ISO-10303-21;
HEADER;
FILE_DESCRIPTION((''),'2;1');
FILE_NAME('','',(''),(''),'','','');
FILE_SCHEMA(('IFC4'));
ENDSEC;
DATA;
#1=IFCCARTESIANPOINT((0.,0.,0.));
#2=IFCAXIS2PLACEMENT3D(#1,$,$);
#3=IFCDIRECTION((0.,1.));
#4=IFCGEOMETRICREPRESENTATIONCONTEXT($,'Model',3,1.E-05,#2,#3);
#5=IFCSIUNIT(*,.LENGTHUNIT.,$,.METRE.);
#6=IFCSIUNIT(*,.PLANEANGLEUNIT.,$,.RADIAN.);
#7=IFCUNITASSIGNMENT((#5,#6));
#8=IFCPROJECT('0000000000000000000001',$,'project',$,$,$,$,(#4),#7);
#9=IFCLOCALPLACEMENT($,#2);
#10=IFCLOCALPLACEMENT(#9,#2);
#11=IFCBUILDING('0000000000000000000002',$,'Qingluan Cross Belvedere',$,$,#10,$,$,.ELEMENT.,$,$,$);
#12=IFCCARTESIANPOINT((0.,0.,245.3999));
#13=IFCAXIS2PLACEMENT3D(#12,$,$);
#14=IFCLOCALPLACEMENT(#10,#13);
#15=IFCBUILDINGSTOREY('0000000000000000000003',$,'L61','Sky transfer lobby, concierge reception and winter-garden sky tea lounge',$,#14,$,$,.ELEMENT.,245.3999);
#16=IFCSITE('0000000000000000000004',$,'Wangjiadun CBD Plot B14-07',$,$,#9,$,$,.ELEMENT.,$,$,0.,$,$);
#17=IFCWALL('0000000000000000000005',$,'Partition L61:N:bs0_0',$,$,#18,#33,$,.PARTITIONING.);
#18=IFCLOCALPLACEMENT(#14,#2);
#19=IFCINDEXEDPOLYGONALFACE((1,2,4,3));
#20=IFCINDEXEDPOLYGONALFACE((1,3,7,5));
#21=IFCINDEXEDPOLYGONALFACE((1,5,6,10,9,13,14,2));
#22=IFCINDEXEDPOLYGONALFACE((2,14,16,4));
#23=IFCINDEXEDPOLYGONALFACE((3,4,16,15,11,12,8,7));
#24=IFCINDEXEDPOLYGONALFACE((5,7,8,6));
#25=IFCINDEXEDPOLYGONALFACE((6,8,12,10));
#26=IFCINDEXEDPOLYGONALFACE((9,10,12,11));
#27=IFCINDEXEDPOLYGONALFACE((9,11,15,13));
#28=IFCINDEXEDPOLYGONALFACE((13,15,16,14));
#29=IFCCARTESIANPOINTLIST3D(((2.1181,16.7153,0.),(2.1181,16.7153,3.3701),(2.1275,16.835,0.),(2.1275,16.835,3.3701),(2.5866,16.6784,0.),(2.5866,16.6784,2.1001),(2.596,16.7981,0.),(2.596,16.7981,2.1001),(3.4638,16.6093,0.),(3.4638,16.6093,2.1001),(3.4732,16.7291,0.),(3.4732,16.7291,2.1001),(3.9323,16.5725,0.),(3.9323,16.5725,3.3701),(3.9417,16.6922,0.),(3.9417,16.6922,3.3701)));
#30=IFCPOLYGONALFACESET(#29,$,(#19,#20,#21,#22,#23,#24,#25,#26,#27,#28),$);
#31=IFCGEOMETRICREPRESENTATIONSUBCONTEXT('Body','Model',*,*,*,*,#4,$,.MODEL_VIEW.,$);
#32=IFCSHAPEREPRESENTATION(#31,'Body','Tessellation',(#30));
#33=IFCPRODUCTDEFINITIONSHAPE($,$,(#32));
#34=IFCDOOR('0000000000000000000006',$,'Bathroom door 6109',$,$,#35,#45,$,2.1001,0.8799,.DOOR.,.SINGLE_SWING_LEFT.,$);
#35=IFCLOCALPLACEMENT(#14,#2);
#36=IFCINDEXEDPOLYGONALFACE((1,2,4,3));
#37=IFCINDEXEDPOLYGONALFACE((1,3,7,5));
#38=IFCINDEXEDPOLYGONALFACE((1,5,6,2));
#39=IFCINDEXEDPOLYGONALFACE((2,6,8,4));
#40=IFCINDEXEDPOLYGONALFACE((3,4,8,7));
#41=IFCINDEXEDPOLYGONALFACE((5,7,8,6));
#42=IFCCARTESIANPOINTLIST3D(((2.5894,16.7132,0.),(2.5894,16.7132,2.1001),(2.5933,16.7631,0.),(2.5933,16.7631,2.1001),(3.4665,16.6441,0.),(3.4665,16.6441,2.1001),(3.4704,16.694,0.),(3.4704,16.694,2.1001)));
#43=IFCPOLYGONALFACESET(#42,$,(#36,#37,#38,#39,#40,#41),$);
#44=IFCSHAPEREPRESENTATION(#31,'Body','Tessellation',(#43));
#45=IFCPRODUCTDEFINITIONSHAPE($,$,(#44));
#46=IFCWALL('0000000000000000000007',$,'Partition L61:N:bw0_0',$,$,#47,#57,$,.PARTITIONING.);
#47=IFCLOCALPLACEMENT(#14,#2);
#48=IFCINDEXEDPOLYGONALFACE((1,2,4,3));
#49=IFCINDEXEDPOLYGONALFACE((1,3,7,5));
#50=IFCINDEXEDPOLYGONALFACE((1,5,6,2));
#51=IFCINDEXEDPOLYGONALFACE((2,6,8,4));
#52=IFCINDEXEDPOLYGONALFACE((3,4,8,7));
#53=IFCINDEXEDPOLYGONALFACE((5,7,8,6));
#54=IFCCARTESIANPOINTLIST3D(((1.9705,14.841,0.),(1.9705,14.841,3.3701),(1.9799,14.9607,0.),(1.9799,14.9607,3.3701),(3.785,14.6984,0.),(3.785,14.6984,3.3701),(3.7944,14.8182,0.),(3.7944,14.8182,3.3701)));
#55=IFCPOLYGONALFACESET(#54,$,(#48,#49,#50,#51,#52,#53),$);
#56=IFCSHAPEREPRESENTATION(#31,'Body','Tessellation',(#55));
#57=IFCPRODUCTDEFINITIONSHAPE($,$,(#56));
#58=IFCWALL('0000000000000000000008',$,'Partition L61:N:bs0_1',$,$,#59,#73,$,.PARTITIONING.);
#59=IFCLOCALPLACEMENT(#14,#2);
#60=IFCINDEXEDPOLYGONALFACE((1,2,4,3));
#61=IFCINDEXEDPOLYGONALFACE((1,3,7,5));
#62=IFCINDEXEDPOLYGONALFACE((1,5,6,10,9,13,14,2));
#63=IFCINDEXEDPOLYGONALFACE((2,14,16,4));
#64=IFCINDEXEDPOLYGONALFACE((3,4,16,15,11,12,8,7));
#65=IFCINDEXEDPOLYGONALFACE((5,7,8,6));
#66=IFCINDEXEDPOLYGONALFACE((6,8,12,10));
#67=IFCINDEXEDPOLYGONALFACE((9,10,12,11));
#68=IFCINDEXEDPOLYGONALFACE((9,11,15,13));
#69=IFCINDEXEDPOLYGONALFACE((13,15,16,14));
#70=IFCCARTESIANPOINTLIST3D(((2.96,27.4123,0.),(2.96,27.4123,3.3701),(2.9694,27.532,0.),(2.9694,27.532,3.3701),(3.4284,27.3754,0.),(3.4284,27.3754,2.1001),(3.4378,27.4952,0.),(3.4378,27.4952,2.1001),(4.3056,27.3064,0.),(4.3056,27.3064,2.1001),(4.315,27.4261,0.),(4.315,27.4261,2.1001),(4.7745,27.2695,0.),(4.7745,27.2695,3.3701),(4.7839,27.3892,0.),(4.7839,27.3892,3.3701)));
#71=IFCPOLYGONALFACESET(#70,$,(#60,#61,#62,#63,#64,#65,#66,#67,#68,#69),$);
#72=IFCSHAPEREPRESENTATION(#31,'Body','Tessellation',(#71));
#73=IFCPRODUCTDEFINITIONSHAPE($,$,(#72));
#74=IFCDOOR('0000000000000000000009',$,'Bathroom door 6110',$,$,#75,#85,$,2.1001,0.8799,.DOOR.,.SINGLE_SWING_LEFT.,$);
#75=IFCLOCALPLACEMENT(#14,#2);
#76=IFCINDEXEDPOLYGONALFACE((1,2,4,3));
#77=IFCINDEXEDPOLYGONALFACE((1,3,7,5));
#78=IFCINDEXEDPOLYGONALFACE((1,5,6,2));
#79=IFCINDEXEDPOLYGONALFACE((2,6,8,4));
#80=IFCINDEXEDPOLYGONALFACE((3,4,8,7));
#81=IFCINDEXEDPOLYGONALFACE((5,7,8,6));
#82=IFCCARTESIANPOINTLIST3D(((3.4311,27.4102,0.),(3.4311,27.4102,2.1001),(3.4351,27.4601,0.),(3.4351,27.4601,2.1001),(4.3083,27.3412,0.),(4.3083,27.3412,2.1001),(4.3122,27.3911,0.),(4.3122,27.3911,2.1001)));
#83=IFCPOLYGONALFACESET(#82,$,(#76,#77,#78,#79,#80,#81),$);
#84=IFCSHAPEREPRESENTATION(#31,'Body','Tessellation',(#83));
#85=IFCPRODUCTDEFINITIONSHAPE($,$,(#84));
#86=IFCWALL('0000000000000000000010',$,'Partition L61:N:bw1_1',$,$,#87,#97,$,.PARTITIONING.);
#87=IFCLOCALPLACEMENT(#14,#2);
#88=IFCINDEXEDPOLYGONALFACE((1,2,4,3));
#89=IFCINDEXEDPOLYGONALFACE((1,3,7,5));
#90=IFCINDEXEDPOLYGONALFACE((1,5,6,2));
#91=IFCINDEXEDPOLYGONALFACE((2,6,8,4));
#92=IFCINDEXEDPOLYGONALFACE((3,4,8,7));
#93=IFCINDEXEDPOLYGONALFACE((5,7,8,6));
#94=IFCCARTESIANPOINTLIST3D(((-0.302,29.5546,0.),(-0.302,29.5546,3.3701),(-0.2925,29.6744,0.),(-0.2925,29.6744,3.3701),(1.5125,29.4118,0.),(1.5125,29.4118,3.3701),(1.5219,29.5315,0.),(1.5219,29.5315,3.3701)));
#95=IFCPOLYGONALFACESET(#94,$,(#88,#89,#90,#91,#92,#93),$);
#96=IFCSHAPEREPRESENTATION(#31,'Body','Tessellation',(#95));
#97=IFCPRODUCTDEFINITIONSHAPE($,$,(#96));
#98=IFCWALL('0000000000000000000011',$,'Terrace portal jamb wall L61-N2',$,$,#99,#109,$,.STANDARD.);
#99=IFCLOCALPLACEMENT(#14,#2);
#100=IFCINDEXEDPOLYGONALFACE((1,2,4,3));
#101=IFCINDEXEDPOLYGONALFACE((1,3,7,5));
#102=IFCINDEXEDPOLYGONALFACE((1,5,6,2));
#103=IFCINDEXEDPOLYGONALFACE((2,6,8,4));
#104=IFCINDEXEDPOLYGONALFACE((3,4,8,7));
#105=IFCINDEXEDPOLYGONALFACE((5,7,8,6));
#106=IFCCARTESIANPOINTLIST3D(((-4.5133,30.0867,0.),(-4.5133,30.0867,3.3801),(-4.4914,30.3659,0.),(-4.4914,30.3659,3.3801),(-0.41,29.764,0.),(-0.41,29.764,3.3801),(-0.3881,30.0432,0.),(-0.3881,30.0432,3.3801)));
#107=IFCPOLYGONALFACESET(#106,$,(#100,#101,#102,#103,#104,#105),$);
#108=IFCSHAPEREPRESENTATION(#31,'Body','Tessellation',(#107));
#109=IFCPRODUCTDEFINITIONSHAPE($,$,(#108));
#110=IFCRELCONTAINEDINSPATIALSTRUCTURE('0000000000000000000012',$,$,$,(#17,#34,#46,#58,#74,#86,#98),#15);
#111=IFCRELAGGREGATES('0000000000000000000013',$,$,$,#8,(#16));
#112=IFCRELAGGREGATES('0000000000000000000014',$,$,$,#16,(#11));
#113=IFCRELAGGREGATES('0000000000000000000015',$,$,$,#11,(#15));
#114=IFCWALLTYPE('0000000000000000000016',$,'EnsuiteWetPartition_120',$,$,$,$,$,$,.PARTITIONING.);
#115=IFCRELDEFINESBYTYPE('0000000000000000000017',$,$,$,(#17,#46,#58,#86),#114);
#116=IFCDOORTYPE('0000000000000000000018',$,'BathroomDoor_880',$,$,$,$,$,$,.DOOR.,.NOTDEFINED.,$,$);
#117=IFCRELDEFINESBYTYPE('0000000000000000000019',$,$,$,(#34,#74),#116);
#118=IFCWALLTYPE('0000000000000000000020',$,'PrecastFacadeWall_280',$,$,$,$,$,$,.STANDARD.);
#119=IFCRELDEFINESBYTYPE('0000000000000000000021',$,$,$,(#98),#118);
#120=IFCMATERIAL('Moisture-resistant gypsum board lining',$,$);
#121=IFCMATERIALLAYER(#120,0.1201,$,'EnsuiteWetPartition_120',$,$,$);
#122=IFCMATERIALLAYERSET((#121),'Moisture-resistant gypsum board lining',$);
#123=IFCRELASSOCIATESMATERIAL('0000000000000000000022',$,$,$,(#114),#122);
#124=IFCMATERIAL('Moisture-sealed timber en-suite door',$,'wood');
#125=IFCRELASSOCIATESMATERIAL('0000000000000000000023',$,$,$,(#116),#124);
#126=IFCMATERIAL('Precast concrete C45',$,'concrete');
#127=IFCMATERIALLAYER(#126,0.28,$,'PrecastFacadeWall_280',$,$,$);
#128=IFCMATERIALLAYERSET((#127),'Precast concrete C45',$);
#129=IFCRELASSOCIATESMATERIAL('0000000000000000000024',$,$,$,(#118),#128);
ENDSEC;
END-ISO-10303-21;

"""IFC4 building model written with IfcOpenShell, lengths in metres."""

from ifc_helpers import new_model, si_unit, direction, frame, frame_2d, origin, place, context, subcontext, project, spatial, rectangle, extrude, material, layer, layer_set, type_object, element, fill, save


model = new_model("IFC4")

# Units and contexts
model_context = context("Model", 3, precision=1e-05, world=origin(), true_north=direction((0.0, 1.0)))
body_context = subcontext(model_context, "Body", "Model", "MODEL_VIEW")
ifc_project = project(units=[si_unit("LENGTHUNIT", "METRE"), si_unit("PLANEANGLEUNIT", "RADIAN")], contexts=[model_context])

# Site, building, storey
site_placement = place(None, origin())
site = spatial("IfcSite", under=ifc_project, at=site_placement, Name="Wangjiadun CBD Plot B14-07", CompositionType="ELEMENT", RefElevation=0.0)
building_placement = place(site_placement, origin())
building = spatial("IfcBuilding", under=site, at=building_placement, Name="Qingluan Cross Belvedere", CompositionType="ELEMENT")
storey_placement = place(building_placement, frame((0.0, 0.0, 245.3999)))
storey = spatial("IfcBuildingStorey", under=building, at=storey_placement, Name="L61", Description="Sky transfer lobby, concierge reception and winter-garden sky tea lounge", CompositionType="ELEMENT", Elevation=245.3999)

# Wall, opening, door
ifc_material_1 = material(Name="Moisture-resistant gypsum board lining")
ifc_layer_1 = layer(ifc_material_1, 0.1201, Name="EnsuiteWetPartition_120")
ifc_layer_set_1 = layer_set([ifc_layer_1], Name="Moisture-resistant gypsum board lining")
wall_type_1 = type_object("IfcWallType", Name="EnsuiteWetPartition_120", PredefinedType="PARTITIONING", material=ifc_layer_set_1)
wall_1_placement = place(storey_placement, frame((2.1228, 16.7751, 0.0), z_axis=(0.0, 0.0, 1.0), x_axis=(0.996916, -0.078481, 0.0)))
wall_1 = element("IfcWall", 1, at=wall_1_placement, inside=storey, type_object=wall_type_1, Name="Partition L61:N:bs0_0", PredefinedType="PARTITIONING", context=body_context, shape_type="SweptSolid", body=[
    extrude(rectangle(XDim=1.8198, YDim=0.1201, at=frame_2d((0.9099, 0.0))), origin(), (0.0, 0.0, 1.0), 3.3701),
])
opening_1_placement = place(wall_1_placement, frame((0.47, 0.0, 0.0)))
opening_1 = element("IfcOpeningElement", 2, at=opening_1_placement, cuts=wall_1, PredefinedType="OPENING", context=body_context, shape_type="SweptSolid", body=[
    extrude(rectangle(XDim=0.8799, YDim=2.1001, at=frame_2d((0.4399, 1.05))), frame((0.0, 0.0701, 0.0), z_axis=(0.0, -1.0, 0.0), x_axis=(1.0, 0.0, 0.0)), (0.0, 0.0, 1.0), 0.1401),
])
ifc_material_2 = material(Name="Moisture-sealed timber en-suite door", Category="wood")
door_type_1 = type_object("IfcDoorType", Name="BathroomDoor_880", OperationType="NOTDEFINED", PredefinedType="DOOR", material=ifc_material_2)
door_1_placement = place(opening_1_placement, origin())
door_1 = element("IfcDoor", 3, at=door_1_placement, inside=storey, type_object=door_type_1, Name="Bathroom door 6109", OperationType="SINGLE_SWING_LEFT", OverallHeight=2.1001, OverallWidth=0.8799, PredefinedType="DOOR", context=body_context, shape_type="SweptSolid", body=[
    extrude(rectangle(XDim=0.8799, YDim=2.1001, at=frame_2d((0.4399, 1.05))), frame((0.0, 0.0249, 0.0), z_axis=(0.0, -1.0, 0.0), x_axis=(1.0, 0.0, 0.0)), (0.0, 0.0, 1.0), 0.05),
])
fill(opening_1, door_1)

# Wall
wall_2_placement = place(storey_placement, frame((1.9751, 14.9009, 0.0), z_axis=(0.0, 0.0, 1.0), x_axis=(0.996927, -0.078338, 0.0)))
element("IfcWall", 4, at=wall_2_placement, inside=storey, type_object=wall_type_1, Name="Partition L61:N:bw0_0", PredefinedType="PARTITIONING", context=body_context, shape_type="SweptSolid", body=[
    extrude(rectangle(XDim=1.8201, YDim=0.1201, at=frame_2d((0.9102, 0.0))), origin(), (0.0, 0.0, 1.0), 3.3701),
])

# Wall, opening, door
wall_3_placement = place(storey_placement, frame((2.9646, 27.4722, 0.0), z_axis=(0.0, 0.0, 1.0), x_axis=(0.996916, -0.078471, 0.0)))
wall_3 = element("IfcWall", 5, at=wall_3_placement, inside=storey, type_object=wall_type_1, Name="Partition L61:N:bs0_1", PredefinedType="PARTITIONING", context=body_context, shape_type="SweptSolid", body=[
    extrude(rectangle(XDim=1.8201, YDim=0.1201, at=frame_2d((0.9102, 0.0))), origin(), (0.0, 0.0, 1.0), 3.3701),
])
opening_2_placement = place(wall_3_placement, frame((0.47, 0.0, 0.0)))
opening_2 = element("IfcOpeningElement", 6, at=opening_2_placement, cuts=wall_3, PredefinedType="OPENING", context=body_context, shape_type="SweptSolid", body=[
    extrude(rectangle(XDim=0.8799, YDim=2.1001, at=frame_2d((0.4399, 1.05))), frame((0.0, 0.0701, 0.0), z_axis=(0.0, -1.0, 0.0), x_axis=(1.0, 0.0, 0.0)), (0.0, 0.0, 1.0), 0.1401),
])
door_2_placement = place(opening_2_placement, origin())
door_2 = element("IfcDoor", 7, at=door_2_placement, inside=storey, type_object=door_type_1, Name="Bathroom door 6110", OperationType="SINGLE_SWING_LEFT", OverallHeight=2.1001, OverallWidth=0.8799, PredefinedType="DOOR", context=body_context, shape_type="SweptSolid", body=[
    extrude(rectangle(XDim=0.8799, YDim=2.1001, at=frame_2d((0.4399, 1.05))), frame((0.0, 0.0249, 0.0), z_axis=(0.0, -1.0, 0.0), x_axis=(1.0, 0.0, 0.0)), (0.0, 0.0, 1.0), 0.05),
])
fill(opening_2, door_2)

# Walls
wall_4_placement = place(storey_placement, frame((-0.2974, 29.6145, 0.0), z_axis=(0.0, 0.0, 1.0), x_axis=(0.996916, -0.078471, 0.0)))
element("IfcWall", 8, at=wall_4_placement, inside=storey, type_object=wall_type_1, Name="Partition L61:N:bw1_1", PredefinedType="PARTITIONING", context=body_context, shape_type="SweptSolid", body=[
    extrude(rectangle(XDim=1.8201, YDim=0.1201, at=frame_2d((0.9102, 0.0))), origin(), (0.0, 0.0, 1.0), 3.3701),
])
ifc_material_3 = material(Name="Precast concrete C45", Category="concrete")
ifc_layer_2 = layer(ifc_material_3, 0.28, Name="PrecastFacadeWall_280")
ifc_layer_set_2 = layer_set([ifc_layer_2], Name="Precast concrete C45")
wall_type_2 = type_object("IfcWallType", Name="PrecastFacadeWall_280", PredefinedType="STANDARD", material=ifc_layer_set_2)
wall_5_placement = place(storey_placement, frame((-0.3989, 29.9036, 0.0), z_axis=(0.0, 0.0, 1.0), x_axis=(-0.996921, 0.078415, 0.0)))
element("IfcWall", 9, at=wall_5_placement, inside=storey, type_object=wall_type_2, Name="Terrace portal jamb wall L61-N2", PredefinedType="STANDARD", context=body_context, shape_type="SweptSolid", body=[
    extrude(rectangle(XDim=4.116, YDim=0.28, at=frame_2d((2.0581, 0.0))), origin(), (0.0, 0.0, 1.0), 3.3801),
])

save(model, "model.ifc")
